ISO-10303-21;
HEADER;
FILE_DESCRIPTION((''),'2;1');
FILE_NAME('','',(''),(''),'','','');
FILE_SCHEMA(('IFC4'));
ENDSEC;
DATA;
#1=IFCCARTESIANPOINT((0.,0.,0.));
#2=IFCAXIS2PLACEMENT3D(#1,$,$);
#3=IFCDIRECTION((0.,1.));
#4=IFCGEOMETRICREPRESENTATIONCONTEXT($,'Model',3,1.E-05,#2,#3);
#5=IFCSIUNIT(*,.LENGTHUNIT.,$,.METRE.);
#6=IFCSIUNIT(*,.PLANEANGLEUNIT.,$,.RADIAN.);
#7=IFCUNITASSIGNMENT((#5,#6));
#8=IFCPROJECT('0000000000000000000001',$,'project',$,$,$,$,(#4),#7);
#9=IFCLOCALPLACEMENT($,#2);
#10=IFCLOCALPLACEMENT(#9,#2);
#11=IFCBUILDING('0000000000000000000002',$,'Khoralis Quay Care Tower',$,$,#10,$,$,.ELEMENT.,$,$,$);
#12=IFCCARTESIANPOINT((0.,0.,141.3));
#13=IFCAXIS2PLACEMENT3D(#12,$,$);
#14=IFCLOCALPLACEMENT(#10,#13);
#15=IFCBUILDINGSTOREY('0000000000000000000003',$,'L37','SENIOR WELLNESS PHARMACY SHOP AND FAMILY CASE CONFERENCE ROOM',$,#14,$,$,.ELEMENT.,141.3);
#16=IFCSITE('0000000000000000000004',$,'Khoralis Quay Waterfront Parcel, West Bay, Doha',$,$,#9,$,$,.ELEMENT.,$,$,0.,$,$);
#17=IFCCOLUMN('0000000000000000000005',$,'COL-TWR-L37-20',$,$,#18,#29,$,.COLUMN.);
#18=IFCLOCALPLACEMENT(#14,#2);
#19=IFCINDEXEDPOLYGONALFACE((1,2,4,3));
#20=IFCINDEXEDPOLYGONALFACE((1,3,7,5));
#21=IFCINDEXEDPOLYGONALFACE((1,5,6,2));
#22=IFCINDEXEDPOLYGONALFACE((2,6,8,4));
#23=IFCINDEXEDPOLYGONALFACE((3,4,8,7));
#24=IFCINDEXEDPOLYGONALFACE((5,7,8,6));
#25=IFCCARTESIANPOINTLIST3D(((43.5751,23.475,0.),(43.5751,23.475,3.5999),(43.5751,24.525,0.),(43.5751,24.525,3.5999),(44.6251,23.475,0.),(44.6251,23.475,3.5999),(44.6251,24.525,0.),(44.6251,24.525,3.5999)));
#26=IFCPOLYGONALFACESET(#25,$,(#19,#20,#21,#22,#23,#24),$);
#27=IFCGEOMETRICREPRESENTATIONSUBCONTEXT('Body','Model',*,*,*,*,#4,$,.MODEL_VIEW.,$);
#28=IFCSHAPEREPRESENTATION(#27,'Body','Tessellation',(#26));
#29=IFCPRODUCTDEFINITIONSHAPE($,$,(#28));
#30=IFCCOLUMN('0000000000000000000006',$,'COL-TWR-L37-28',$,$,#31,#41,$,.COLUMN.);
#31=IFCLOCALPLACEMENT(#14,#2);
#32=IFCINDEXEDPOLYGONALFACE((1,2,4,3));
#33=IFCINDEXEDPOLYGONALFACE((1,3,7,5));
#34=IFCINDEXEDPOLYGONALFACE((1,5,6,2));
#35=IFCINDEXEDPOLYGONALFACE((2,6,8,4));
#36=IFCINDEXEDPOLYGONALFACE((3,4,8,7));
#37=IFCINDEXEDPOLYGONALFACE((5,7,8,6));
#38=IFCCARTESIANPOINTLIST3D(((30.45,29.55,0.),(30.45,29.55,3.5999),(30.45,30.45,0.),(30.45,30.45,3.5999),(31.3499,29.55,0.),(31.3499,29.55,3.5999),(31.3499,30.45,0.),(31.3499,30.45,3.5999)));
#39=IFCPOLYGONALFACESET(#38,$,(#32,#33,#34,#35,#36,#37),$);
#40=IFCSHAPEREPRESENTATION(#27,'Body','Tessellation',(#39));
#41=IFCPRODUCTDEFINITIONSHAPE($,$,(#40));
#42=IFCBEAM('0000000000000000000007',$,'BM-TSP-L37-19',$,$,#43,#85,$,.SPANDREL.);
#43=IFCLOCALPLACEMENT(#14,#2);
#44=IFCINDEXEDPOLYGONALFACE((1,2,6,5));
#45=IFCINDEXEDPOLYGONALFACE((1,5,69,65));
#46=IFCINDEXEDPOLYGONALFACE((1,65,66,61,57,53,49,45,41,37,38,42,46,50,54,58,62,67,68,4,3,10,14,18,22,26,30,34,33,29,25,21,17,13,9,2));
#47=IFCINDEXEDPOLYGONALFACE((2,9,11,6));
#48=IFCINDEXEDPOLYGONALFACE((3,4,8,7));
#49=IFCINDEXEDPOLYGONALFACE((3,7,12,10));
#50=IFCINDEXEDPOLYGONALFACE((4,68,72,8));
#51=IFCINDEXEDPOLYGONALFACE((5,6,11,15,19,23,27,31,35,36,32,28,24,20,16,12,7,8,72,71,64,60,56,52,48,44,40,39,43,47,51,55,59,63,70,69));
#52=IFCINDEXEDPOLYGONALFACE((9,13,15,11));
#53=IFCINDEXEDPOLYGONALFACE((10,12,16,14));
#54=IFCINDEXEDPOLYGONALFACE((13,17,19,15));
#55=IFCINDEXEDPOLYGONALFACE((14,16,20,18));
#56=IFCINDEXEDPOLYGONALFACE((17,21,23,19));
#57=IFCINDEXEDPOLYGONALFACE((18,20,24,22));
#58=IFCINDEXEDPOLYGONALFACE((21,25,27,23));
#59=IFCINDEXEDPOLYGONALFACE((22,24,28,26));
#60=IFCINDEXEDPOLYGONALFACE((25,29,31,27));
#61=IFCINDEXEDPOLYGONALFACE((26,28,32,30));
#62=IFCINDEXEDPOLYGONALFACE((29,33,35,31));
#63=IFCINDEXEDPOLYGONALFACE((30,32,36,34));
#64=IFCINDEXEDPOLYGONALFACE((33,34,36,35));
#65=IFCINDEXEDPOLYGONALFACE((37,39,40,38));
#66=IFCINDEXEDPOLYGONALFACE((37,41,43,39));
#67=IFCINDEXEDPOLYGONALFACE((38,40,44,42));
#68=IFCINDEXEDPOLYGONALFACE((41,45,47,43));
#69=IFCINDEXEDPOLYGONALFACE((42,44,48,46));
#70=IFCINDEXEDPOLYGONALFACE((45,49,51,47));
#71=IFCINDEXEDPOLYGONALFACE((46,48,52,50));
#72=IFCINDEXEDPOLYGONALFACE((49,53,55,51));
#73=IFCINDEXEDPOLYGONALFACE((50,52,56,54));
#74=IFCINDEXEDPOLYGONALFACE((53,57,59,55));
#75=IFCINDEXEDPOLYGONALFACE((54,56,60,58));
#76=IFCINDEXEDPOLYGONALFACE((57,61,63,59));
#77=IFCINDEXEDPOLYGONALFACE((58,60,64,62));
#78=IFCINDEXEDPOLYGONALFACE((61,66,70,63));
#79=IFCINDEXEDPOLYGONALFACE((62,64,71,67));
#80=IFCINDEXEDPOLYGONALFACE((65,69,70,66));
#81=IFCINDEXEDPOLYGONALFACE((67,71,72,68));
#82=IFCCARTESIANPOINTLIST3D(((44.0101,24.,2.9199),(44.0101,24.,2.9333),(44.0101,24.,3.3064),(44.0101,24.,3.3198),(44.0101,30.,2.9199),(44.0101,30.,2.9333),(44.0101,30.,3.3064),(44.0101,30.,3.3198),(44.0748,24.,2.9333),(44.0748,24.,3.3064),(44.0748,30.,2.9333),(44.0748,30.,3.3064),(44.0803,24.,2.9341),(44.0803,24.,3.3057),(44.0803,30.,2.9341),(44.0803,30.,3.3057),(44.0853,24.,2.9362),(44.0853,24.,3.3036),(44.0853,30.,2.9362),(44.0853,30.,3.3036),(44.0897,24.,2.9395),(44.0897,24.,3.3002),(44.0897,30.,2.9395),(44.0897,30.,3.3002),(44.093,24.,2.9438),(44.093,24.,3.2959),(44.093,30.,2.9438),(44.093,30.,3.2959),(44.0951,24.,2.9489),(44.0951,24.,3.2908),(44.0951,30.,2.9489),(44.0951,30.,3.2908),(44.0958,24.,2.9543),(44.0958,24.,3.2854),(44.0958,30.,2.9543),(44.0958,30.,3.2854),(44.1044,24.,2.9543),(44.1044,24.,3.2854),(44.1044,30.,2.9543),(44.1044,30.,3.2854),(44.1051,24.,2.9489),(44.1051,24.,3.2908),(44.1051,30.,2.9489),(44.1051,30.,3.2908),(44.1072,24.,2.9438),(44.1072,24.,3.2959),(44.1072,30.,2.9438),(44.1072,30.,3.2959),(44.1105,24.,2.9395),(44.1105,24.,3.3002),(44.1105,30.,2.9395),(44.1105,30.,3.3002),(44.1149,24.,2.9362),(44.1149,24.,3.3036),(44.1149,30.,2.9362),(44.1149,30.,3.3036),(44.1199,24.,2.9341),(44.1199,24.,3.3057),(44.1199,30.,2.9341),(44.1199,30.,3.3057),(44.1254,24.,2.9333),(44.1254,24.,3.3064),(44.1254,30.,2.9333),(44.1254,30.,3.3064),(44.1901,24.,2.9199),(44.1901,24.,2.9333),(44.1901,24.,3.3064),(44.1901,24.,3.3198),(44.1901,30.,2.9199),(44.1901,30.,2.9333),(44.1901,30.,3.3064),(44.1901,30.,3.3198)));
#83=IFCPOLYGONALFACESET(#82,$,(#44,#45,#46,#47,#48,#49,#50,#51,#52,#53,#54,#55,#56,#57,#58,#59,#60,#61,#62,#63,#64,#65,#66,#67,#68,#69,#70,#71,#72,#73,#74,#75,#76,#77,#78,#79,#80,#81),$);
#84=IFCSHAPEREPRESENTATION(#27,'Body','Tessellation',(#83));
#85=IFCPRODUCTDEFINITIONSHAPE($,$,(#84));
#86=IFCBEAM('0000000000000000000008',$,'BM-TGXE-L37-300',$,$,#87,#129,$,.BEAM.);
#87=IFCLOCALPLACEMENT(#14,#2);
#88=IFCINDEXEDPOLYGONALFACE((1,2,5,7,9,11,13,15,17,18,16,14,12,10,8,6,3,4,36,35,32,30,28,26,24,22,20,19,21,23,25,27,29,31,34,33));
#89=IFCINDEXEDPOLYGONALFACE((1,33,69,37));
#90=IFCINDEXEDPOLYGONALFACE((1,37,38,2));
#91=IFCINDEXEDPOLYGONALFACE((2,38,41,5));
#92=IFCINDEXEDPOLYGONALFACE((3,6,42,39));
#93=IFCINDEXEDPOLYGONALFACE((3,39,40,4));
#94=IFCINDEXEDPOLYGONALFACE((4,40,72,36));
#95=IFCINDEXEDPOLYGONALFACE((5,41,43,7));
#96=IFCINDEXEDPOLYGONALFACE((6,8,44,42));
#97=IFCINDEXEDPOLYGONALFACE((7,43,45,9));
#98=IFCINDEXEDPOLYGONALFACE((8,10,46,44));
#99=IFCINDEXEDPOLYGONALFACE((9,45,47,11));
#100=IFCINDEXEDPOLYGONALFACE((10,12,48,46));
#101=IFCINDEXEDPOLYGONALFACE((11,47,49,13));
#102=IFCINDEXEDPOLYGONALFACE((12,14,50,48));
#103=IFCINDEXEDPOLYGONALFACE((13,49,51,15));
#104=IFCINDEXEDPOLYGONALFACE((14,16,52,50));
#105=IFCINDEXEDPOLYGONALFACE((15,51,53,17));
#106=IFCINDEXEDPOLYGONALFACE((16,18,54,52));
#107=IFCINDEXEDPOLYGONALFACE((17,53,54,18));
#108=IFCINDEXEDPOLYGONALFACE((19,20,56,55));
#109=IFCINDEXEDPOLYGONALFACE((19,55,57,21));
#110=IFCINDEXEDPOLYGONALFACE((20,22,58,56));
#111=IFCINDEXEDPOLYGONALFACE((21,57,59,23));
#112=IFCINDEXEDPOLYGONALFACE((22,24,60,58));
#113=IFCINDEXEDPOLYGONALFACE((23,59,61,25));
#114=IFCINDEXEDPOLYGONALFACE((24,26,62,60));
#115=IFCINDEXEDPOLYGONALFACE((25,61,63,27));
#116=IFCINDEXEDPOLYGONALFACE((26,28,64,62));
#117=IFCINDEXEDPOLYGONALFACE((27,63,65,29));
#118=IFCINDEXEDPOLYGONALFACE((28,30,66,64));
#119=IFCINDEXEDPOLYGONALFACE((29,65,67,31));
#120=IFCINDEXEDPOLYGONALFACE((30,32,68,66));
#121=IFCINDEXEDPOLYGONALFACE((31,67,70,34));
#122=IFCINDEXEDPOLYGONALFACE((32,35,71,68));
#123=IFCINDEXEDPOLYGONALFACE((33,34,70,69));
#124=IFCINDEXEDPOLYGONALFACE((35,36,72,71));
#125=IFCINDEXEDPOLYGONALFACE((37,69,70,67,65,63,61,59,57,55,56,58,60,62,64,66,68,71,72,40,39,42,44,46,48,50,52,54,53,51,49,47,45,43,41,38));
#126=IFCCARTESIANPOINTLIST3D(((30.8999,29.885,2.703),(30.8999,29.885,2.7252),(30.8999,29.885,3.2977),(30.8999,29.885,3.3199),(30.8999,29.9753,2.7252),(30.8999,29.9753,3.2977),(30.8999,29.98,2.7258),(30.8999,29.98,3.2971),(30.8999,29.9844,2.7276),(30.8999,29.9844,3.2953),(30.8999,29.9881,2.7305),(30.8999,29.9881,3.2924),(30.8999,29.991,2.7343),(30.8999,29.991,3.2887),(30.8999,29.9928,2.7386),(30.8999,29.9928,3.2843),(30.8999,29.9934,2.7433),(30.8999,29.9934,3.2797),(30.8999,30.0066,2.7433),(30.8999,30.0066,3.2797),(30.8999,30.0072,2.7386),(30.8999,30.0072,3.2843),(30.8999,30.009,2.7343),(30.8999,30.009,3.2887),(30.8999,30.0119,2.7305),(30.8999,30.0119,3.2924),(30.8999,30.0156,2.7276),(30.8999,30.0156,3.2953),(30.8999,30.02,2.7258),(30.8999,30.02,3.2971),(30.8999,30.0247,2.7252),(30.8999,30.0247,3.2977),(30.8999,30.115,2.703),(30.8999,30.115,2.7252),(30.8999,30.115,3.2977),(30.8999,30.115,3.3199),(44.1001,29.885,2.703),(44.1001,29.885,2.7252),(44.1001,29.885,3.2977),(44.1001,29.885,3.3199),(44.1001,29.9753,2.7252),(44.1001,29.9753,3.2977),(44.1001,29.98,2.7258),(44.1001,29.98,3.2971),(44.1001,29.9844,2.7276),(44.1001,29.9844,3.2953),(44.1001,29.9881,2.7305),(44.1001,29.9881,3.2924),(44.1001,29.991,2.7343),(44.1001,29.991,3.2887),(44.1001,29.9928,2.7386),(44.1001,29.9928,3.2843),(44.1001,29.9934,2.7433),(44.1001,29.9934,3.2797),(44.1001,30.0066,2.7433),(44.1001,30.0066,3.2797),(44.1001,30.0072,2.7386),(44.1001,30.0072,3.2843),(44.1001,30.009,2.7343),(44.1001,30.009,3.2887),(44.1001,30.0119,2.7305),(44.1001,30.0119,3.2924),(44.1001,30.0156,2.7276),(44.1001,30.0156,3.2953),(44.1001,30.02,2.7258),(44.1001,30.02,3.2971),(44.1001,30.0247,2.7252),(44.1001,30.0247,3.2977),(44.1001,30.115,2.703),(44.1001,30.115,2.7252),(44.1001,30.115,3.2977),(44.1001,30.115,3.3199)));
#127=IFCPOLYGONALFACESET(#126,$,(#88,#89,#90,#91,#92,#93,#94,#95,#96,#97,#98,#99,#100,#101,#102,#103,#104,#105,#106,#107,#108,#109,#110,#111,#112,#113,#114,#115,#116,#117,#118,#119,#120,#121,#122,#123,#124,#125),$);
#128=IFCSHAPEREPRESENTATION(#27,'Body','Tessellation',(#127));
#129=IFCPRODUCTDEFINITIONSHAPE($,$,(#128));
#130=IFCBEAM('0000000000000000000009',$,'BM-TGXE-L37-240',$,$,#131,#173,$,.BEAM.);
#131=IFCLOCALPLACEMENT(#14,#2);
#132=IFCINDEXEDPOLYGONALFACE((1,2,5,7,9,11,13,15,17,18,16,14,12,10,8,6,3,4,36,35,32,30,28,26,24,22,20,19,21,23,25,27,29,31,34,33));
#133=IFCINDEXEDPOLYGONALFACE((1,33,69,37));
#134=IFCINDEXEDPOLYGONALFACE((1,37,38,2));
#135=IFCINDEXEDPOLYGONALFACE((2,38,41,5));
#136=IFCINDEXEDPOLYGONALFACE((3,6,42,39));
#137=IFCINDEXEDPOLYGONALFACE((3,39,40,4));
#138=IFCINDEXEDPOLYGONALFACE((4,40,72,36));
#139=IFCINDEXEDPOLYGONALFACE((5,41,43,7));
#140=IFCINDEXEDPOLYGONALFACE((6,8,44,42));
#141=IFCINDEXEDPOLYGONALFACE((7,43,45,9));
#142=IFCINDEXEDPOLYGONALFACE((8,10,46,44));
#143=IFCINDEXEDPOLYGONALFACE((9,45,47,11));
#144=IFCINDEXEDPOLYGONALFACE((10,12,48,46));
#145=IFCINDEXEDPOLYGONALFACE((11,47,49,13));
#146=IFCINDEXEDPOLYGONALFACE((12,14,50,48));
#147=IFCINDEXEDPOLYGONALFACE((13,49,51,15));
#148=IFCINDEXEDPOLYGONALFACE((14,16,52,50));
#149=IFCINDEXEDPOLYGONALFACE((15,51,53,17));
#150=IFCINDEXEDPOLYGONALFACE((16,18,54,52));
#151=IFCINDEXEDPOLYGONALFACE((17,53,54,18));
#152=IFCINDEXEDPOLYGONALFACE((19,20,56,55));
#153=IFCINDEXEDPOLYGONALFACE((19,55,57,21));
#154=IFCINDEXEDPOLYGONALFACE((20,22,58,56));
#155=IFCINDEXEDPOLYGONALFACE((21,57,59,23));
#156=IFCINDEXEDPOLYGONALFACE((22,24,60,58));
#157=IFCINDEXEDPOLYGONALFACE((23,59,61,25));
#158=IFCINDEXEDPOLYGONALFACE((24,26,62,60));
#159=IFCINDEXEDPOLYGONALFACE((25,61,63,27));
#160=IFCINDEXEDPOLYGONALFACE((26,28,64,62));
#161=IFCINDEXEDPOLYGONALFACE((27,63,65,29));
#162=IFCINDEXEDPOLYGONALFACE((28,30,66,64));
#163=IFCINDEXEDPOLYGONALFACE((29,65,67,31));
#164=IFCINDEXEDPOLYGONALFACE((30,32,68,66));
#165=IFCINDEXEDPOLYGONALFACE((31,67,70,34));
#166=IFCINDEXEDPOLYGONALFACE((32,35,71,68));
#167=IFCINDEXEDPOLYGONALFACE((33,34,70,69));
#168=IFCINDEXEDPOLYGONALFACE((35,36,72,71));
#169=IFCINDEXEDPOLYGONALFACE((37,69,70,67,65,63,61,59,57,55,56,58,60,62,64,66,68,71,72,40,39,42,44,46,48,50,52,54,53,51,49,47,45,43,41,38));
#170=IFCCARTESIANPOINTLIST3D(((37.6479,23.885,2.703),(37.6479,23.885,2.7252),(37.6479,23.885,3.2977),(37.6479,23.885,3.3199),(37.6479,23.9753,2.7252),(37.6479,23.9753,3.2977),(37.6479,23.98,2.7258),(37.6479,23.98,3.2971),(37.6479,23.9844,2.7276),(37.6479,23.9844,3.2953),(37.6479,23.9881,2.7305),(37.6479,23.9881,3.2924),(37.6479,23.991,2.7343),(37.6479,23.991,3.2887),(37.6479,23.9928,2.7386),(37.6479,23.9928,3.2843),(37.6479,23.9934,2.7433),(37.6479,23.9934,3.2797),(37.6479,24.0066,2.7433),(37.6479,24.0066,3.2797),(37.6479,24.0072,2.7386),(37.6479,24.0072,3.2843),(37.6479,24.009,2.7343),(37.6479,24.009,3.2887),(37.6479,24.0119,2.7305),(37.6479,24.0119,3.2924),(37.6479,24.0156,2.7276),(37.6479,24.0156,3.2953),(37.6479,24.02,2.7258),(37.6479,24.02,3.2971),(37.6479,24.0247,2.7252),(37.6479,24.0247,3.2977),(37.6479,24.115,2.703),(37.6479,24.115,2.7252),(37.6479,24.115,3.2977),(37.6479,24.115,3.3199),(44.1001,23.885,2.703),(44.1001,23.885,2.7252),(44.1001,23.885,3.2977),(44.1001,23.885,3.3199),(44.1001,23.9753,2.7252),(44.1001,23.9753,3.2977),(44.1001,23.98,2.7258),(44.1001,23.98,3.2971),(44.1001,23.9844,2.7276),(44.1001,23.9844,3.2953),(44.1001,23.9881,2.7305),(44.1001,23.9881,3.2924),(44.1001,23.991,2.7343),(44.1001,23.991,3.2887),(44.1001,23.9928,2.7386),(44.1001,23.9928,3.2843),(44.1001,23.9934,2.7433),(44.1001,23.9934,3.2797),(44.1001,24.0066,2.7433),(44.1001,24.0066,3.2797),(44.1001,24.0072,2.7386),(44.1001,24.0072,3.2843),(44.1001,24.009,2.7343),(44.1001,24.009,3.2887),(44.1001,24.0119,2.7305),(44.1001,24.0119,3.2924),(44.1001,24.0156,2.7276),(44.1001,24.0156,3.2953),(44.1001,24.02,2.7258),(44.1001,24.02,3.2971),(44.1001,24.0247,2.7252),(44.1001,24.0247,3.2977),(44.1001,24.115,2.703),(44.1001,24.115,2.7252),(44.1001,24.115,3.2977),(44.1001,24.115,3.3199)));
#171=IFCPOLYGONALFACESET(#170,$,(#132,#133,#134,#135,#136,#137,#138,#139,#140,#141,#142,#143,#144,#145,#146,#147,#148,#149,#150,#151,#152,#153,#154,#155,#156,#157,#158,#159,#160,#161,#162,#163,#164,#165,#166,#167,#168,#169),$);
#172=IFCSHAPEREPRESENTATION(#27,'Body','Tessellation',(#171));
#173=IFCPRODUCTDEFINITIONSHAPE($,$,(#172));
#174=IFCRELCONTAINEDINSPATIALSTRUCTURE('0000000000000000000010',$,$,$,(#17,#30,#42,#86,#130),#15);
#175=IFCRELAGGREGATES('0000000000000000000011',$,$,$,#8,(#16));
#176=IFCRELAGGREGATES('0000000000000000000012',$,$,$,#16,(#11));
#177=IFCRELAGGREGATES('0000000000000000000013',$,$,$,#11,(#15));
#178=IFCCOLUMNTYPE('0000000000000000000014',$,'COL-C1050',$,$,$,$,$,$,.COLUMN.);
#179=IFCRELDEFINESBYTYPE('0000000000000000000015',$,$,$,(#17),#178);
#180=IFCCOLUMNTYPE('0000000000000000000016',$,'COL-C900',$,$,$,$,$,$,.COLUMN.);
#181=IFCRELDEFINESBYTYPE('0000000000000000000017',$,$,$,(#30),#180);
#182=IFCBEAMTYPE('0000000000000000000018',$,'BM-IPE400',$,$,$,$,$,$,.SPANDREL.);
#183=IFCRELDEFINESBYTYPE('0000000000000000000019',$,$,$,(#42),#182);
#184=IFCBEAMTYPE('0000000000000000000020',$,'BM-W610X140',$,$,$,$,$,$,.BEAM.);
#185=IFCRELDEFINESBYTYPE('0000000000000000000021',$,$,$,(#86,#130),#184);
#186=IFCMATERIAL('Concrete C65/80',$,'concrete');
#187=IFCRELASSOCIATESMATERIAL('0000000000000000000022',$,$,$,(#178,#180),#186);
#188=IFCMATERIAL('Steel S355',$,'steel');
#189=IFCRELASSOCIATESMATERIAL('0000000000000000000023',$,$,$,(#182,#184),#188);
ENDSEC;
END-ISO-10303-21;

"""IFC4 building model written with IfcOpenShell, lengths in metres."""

from ifc_helpers import new_model, si_unit, direction, frame, origin, origin_2d, place, context, subcontext, project, spatial, rectangle, i_section, extrude, source, transform, mapped, material, material_profile, profile_set, type_object, element, save


model = new_model("IFC4")

# Units and contexts
model_context = context("Model", 3, precision=1e-05, world=origin(), true_north=direction((0.0, 1.0)))
body_context = subcontext(model_context, "Body", "Model", "MODEL_VIEW")
ifc_project = project(units=[si_unit("LENGTHUNIT", "METRE"), si_unit("PLANEANGLEUNIT", "RADIAN")], contexts=[model_context])

# Site, building, storey
site_placement = place(None, origin())
site = spatial("IfcSite", under=ifc_project, at=site_placement, Name="Khoralis Quay Waterfront Parcel, West Bay, Doha", CompositionType="ELEMENT", RefElevation=0.0)
building_placement = place(site_placement, origin())
building = spatial("IfcBuilding", under=site, at=building_placement, Name="Khoralis Quay Care Tower", CompositionType="ELEMENT")
storey_placement = place(building_placement, frame((0.0, 0.0, 141.3)))
storey = spatial("IfcBuildingStorey", under=building, at=storey_placement, Name="L37", Description="SENIOR WELLNESS PHARMACY SHOP AND FAMILY CASE CONFERENCE ROOM", CompositionType="ELEMENT", Elevation=141.3)

# Columns
ifc_material_1 = material(Name="Concrete C65/80", Category="concrete")
ifc_material_profile_1 = material_profile(ifc_material_1, rectangle(XDim=1.05, YDim=1.05, at=origin_2d()), Name="Concrete C65/80")
ifc_profile_set_1 = profile_set([ifc_material_profile_1], Name="Concrete C65/80")
column_type_1 = type_object("IfcColumnType", Name="COL-C1050", PredefinedType="COLUMN", material=ifc_profile_set_1)
shared_shape_1 = source(origin(), body_context, "Body", "SweptSolid", [
    extrude(rectangle(XDim=1.05, YDim=1.05, at=origin_2d()), origin(), (0.0, 0.0, 1.0), 3.5999),
])
column_1_placement = place(storey_placement, frame((44.1001, 24.0, 0.0), z_axis=(0.0, 0.0, 1.0), x_axis=(1.0, 0.0, 0.0)))
element("IfcColumn", 1, at=column_1_placement, inside=storey, type_object=column_type_1, Name="COL-TWR-L37-20", PredefinedType="COLUMN", context=body_context, shape_type="MappedRepresentation", body=[
    mapped(shared_shape_1, transform((0.0, 0.0, 0.0), scale=1.0)),
])
ifc_material_profile_2 = material_profile(ifc_material_1, rectangle(XDim=0.8999, YDim=0.8999, at=origin_2d()), Name="Concrete C65/80")
ifc_profile_set_2 = profile_set([ifc_material_profile_2], Name="Concrete C65/80")
column_type_2 = type_object("IfcColumnType", Name="COL-C900", PredefinedType="COLUMN", material=ifc_profile_set_2)
shared_shape_2 = source(origin(), body_context, "Body", "SweptSolid", [
    extrude(rectangle(XDim=0.8999, YDim=0.8999, at=origin_2d()), origin(), (0.0, 0.0, 1.0), 3.5999),
])
column_2_placement = place(storey_placement, frame((30.8999, 30.0, 0.0), z_axis=(0.0, 0.0, 1.0), x_axis=(1.0, 0.0, 0.0)))
element("IfcColumn", 2, at=column_2_placement, inside=storey, type_object=column_type_2, Name="COL-TWR-L37-28", PredefinedType="COLUMN", context=body_context, shape_type="MappedRepresentation", body=[
    mapped(shared_shape_2, transform((0.0, 0.0, 0.0), scale=1.0)),
])

# Beams
ifc_material_2 = material(Name="Steel S355", Category="steel")
ifc_material_profile_3 = material_profile(ifc_material_2, i_section(OverallWidth=0.1799, OverallDepth=0.3999, WebThickness=0.0085, FlangeThickness=0.0134, FilletRadius=0.021, at=origin_2d()), Name="Steel S355")
ifc_profile_set_3 = profile_set([ifc_material_profile_3], Name="Steel S355")
beam_type_1 = type_object("IfcBeamType", Name="BM-IPE400", PredefinedType="SPANDREL", material=ifc_profile_set_3)
shared_shape_3 = source(origin(), body_context, "Body", "SweptSolid", [
    extrude(i_section(OverallWidth=0.1799, OverallDepth=0.3999, WebThickness=0.0085, FlangeThickness=0.0134, FilletRadius=0.021, at=origin_2d()), origin(), (0.0, 0.0, 1.0), 6.0),
])
beam_1_placement = place(storey_placement, frame((44.1001, 24.0, 3.1199), z_axis=(0.0, 1.0, 0.0), x_axis=(-1.0, 0.0, 0.0)))
element("IfcBeam", 3, at=beam_1_placement, inside=storey, type_object=beam_type_1, Name="BM-TSP-L37-19", PredefinedType="SPANDREL", context=body_context, shape_type="MappedRepresentation", body=[
    mapped(shared_shape_3, transform((0.0, 0.0, 0.0), scale=1.0)),
])
ifc_material_profile_4 = material_profile(ifc_material_2, i_section(OverallWidth=0.23, OverallDepth=0.6169, WebThickness=0.0132, FlangeThickness=0.0222, FilletRadius=0.0181, at=origin_2d()), Name="Steel S355")
ifc_profile_set_4 = profile_set([ifc_material_profile_4], Name="Steel S355")
beam_type_2 = type_object("IfcBeamType", Name="BM-W610X140", PredefinedType="BEAM", material=ifc_profile_set_4)
shared_shape_4 = source(origin(), body_context, "Body", "SweptSolid", [
    extrude(i_section(OverallWidth=0.23, OverallDepth=0.6169, WebThickness=0.0132, FlangeThickness=0.0222, FilletRadius=0.0181, at=origin_2d()), origin(), (0.0, 0.0, 1.0), 13.2002),
])
beam_2_placement = place(storey_placement, frame((30.8999, 30.0, 3.0115), z_axis=(1.0, 0.0, 0.0), x_axis=(0.0, 1.0, 0.0)))
element("IfcBeam", 4, at=beam_2_placement, inside=storey, type_object=beam_type_2, Name="BM-TGXE-L37-300", PredefinedType="BEAM", context=body_context, shape_type="MappedRepresentation", body=[
    mapped(shared_shape_4, transform((0.0, 0.0, 0.0), scale=1.0)),
])
shared_shape_5 = source(origin(), body_context, "Body", "SweptSolid", [
    extrude(i_section(OverallWidth=0.23, OverallDepth=0.6169, WebThickness=0.0132, FlangeThickness=0.0222, FilletRadius=0.0181, at=origin_2d()), origin(), (0.0, 0.0, 1.0), 6.4521),
])
beam_3_placement = place(storey_placement, frame((37.6479, 24.0, 3.0115), z_axis=(1.0, 0.0, 0.0), x_axis=(0.0, 1.0, 0.0)))
element("IfcBeam", 5, at=beam_3_placement, inside=storey, type_object=beam_type_2, Name="BM-TGXE-L37-240", PredefinedType="BEAM", context=body_context, shape_type="MappedRepresentation", body=[
    mapped(shared_shape_5, transform((0.0, 0.0, 0.0), scale=1.0)),
])

save(model, "model.ifc")
